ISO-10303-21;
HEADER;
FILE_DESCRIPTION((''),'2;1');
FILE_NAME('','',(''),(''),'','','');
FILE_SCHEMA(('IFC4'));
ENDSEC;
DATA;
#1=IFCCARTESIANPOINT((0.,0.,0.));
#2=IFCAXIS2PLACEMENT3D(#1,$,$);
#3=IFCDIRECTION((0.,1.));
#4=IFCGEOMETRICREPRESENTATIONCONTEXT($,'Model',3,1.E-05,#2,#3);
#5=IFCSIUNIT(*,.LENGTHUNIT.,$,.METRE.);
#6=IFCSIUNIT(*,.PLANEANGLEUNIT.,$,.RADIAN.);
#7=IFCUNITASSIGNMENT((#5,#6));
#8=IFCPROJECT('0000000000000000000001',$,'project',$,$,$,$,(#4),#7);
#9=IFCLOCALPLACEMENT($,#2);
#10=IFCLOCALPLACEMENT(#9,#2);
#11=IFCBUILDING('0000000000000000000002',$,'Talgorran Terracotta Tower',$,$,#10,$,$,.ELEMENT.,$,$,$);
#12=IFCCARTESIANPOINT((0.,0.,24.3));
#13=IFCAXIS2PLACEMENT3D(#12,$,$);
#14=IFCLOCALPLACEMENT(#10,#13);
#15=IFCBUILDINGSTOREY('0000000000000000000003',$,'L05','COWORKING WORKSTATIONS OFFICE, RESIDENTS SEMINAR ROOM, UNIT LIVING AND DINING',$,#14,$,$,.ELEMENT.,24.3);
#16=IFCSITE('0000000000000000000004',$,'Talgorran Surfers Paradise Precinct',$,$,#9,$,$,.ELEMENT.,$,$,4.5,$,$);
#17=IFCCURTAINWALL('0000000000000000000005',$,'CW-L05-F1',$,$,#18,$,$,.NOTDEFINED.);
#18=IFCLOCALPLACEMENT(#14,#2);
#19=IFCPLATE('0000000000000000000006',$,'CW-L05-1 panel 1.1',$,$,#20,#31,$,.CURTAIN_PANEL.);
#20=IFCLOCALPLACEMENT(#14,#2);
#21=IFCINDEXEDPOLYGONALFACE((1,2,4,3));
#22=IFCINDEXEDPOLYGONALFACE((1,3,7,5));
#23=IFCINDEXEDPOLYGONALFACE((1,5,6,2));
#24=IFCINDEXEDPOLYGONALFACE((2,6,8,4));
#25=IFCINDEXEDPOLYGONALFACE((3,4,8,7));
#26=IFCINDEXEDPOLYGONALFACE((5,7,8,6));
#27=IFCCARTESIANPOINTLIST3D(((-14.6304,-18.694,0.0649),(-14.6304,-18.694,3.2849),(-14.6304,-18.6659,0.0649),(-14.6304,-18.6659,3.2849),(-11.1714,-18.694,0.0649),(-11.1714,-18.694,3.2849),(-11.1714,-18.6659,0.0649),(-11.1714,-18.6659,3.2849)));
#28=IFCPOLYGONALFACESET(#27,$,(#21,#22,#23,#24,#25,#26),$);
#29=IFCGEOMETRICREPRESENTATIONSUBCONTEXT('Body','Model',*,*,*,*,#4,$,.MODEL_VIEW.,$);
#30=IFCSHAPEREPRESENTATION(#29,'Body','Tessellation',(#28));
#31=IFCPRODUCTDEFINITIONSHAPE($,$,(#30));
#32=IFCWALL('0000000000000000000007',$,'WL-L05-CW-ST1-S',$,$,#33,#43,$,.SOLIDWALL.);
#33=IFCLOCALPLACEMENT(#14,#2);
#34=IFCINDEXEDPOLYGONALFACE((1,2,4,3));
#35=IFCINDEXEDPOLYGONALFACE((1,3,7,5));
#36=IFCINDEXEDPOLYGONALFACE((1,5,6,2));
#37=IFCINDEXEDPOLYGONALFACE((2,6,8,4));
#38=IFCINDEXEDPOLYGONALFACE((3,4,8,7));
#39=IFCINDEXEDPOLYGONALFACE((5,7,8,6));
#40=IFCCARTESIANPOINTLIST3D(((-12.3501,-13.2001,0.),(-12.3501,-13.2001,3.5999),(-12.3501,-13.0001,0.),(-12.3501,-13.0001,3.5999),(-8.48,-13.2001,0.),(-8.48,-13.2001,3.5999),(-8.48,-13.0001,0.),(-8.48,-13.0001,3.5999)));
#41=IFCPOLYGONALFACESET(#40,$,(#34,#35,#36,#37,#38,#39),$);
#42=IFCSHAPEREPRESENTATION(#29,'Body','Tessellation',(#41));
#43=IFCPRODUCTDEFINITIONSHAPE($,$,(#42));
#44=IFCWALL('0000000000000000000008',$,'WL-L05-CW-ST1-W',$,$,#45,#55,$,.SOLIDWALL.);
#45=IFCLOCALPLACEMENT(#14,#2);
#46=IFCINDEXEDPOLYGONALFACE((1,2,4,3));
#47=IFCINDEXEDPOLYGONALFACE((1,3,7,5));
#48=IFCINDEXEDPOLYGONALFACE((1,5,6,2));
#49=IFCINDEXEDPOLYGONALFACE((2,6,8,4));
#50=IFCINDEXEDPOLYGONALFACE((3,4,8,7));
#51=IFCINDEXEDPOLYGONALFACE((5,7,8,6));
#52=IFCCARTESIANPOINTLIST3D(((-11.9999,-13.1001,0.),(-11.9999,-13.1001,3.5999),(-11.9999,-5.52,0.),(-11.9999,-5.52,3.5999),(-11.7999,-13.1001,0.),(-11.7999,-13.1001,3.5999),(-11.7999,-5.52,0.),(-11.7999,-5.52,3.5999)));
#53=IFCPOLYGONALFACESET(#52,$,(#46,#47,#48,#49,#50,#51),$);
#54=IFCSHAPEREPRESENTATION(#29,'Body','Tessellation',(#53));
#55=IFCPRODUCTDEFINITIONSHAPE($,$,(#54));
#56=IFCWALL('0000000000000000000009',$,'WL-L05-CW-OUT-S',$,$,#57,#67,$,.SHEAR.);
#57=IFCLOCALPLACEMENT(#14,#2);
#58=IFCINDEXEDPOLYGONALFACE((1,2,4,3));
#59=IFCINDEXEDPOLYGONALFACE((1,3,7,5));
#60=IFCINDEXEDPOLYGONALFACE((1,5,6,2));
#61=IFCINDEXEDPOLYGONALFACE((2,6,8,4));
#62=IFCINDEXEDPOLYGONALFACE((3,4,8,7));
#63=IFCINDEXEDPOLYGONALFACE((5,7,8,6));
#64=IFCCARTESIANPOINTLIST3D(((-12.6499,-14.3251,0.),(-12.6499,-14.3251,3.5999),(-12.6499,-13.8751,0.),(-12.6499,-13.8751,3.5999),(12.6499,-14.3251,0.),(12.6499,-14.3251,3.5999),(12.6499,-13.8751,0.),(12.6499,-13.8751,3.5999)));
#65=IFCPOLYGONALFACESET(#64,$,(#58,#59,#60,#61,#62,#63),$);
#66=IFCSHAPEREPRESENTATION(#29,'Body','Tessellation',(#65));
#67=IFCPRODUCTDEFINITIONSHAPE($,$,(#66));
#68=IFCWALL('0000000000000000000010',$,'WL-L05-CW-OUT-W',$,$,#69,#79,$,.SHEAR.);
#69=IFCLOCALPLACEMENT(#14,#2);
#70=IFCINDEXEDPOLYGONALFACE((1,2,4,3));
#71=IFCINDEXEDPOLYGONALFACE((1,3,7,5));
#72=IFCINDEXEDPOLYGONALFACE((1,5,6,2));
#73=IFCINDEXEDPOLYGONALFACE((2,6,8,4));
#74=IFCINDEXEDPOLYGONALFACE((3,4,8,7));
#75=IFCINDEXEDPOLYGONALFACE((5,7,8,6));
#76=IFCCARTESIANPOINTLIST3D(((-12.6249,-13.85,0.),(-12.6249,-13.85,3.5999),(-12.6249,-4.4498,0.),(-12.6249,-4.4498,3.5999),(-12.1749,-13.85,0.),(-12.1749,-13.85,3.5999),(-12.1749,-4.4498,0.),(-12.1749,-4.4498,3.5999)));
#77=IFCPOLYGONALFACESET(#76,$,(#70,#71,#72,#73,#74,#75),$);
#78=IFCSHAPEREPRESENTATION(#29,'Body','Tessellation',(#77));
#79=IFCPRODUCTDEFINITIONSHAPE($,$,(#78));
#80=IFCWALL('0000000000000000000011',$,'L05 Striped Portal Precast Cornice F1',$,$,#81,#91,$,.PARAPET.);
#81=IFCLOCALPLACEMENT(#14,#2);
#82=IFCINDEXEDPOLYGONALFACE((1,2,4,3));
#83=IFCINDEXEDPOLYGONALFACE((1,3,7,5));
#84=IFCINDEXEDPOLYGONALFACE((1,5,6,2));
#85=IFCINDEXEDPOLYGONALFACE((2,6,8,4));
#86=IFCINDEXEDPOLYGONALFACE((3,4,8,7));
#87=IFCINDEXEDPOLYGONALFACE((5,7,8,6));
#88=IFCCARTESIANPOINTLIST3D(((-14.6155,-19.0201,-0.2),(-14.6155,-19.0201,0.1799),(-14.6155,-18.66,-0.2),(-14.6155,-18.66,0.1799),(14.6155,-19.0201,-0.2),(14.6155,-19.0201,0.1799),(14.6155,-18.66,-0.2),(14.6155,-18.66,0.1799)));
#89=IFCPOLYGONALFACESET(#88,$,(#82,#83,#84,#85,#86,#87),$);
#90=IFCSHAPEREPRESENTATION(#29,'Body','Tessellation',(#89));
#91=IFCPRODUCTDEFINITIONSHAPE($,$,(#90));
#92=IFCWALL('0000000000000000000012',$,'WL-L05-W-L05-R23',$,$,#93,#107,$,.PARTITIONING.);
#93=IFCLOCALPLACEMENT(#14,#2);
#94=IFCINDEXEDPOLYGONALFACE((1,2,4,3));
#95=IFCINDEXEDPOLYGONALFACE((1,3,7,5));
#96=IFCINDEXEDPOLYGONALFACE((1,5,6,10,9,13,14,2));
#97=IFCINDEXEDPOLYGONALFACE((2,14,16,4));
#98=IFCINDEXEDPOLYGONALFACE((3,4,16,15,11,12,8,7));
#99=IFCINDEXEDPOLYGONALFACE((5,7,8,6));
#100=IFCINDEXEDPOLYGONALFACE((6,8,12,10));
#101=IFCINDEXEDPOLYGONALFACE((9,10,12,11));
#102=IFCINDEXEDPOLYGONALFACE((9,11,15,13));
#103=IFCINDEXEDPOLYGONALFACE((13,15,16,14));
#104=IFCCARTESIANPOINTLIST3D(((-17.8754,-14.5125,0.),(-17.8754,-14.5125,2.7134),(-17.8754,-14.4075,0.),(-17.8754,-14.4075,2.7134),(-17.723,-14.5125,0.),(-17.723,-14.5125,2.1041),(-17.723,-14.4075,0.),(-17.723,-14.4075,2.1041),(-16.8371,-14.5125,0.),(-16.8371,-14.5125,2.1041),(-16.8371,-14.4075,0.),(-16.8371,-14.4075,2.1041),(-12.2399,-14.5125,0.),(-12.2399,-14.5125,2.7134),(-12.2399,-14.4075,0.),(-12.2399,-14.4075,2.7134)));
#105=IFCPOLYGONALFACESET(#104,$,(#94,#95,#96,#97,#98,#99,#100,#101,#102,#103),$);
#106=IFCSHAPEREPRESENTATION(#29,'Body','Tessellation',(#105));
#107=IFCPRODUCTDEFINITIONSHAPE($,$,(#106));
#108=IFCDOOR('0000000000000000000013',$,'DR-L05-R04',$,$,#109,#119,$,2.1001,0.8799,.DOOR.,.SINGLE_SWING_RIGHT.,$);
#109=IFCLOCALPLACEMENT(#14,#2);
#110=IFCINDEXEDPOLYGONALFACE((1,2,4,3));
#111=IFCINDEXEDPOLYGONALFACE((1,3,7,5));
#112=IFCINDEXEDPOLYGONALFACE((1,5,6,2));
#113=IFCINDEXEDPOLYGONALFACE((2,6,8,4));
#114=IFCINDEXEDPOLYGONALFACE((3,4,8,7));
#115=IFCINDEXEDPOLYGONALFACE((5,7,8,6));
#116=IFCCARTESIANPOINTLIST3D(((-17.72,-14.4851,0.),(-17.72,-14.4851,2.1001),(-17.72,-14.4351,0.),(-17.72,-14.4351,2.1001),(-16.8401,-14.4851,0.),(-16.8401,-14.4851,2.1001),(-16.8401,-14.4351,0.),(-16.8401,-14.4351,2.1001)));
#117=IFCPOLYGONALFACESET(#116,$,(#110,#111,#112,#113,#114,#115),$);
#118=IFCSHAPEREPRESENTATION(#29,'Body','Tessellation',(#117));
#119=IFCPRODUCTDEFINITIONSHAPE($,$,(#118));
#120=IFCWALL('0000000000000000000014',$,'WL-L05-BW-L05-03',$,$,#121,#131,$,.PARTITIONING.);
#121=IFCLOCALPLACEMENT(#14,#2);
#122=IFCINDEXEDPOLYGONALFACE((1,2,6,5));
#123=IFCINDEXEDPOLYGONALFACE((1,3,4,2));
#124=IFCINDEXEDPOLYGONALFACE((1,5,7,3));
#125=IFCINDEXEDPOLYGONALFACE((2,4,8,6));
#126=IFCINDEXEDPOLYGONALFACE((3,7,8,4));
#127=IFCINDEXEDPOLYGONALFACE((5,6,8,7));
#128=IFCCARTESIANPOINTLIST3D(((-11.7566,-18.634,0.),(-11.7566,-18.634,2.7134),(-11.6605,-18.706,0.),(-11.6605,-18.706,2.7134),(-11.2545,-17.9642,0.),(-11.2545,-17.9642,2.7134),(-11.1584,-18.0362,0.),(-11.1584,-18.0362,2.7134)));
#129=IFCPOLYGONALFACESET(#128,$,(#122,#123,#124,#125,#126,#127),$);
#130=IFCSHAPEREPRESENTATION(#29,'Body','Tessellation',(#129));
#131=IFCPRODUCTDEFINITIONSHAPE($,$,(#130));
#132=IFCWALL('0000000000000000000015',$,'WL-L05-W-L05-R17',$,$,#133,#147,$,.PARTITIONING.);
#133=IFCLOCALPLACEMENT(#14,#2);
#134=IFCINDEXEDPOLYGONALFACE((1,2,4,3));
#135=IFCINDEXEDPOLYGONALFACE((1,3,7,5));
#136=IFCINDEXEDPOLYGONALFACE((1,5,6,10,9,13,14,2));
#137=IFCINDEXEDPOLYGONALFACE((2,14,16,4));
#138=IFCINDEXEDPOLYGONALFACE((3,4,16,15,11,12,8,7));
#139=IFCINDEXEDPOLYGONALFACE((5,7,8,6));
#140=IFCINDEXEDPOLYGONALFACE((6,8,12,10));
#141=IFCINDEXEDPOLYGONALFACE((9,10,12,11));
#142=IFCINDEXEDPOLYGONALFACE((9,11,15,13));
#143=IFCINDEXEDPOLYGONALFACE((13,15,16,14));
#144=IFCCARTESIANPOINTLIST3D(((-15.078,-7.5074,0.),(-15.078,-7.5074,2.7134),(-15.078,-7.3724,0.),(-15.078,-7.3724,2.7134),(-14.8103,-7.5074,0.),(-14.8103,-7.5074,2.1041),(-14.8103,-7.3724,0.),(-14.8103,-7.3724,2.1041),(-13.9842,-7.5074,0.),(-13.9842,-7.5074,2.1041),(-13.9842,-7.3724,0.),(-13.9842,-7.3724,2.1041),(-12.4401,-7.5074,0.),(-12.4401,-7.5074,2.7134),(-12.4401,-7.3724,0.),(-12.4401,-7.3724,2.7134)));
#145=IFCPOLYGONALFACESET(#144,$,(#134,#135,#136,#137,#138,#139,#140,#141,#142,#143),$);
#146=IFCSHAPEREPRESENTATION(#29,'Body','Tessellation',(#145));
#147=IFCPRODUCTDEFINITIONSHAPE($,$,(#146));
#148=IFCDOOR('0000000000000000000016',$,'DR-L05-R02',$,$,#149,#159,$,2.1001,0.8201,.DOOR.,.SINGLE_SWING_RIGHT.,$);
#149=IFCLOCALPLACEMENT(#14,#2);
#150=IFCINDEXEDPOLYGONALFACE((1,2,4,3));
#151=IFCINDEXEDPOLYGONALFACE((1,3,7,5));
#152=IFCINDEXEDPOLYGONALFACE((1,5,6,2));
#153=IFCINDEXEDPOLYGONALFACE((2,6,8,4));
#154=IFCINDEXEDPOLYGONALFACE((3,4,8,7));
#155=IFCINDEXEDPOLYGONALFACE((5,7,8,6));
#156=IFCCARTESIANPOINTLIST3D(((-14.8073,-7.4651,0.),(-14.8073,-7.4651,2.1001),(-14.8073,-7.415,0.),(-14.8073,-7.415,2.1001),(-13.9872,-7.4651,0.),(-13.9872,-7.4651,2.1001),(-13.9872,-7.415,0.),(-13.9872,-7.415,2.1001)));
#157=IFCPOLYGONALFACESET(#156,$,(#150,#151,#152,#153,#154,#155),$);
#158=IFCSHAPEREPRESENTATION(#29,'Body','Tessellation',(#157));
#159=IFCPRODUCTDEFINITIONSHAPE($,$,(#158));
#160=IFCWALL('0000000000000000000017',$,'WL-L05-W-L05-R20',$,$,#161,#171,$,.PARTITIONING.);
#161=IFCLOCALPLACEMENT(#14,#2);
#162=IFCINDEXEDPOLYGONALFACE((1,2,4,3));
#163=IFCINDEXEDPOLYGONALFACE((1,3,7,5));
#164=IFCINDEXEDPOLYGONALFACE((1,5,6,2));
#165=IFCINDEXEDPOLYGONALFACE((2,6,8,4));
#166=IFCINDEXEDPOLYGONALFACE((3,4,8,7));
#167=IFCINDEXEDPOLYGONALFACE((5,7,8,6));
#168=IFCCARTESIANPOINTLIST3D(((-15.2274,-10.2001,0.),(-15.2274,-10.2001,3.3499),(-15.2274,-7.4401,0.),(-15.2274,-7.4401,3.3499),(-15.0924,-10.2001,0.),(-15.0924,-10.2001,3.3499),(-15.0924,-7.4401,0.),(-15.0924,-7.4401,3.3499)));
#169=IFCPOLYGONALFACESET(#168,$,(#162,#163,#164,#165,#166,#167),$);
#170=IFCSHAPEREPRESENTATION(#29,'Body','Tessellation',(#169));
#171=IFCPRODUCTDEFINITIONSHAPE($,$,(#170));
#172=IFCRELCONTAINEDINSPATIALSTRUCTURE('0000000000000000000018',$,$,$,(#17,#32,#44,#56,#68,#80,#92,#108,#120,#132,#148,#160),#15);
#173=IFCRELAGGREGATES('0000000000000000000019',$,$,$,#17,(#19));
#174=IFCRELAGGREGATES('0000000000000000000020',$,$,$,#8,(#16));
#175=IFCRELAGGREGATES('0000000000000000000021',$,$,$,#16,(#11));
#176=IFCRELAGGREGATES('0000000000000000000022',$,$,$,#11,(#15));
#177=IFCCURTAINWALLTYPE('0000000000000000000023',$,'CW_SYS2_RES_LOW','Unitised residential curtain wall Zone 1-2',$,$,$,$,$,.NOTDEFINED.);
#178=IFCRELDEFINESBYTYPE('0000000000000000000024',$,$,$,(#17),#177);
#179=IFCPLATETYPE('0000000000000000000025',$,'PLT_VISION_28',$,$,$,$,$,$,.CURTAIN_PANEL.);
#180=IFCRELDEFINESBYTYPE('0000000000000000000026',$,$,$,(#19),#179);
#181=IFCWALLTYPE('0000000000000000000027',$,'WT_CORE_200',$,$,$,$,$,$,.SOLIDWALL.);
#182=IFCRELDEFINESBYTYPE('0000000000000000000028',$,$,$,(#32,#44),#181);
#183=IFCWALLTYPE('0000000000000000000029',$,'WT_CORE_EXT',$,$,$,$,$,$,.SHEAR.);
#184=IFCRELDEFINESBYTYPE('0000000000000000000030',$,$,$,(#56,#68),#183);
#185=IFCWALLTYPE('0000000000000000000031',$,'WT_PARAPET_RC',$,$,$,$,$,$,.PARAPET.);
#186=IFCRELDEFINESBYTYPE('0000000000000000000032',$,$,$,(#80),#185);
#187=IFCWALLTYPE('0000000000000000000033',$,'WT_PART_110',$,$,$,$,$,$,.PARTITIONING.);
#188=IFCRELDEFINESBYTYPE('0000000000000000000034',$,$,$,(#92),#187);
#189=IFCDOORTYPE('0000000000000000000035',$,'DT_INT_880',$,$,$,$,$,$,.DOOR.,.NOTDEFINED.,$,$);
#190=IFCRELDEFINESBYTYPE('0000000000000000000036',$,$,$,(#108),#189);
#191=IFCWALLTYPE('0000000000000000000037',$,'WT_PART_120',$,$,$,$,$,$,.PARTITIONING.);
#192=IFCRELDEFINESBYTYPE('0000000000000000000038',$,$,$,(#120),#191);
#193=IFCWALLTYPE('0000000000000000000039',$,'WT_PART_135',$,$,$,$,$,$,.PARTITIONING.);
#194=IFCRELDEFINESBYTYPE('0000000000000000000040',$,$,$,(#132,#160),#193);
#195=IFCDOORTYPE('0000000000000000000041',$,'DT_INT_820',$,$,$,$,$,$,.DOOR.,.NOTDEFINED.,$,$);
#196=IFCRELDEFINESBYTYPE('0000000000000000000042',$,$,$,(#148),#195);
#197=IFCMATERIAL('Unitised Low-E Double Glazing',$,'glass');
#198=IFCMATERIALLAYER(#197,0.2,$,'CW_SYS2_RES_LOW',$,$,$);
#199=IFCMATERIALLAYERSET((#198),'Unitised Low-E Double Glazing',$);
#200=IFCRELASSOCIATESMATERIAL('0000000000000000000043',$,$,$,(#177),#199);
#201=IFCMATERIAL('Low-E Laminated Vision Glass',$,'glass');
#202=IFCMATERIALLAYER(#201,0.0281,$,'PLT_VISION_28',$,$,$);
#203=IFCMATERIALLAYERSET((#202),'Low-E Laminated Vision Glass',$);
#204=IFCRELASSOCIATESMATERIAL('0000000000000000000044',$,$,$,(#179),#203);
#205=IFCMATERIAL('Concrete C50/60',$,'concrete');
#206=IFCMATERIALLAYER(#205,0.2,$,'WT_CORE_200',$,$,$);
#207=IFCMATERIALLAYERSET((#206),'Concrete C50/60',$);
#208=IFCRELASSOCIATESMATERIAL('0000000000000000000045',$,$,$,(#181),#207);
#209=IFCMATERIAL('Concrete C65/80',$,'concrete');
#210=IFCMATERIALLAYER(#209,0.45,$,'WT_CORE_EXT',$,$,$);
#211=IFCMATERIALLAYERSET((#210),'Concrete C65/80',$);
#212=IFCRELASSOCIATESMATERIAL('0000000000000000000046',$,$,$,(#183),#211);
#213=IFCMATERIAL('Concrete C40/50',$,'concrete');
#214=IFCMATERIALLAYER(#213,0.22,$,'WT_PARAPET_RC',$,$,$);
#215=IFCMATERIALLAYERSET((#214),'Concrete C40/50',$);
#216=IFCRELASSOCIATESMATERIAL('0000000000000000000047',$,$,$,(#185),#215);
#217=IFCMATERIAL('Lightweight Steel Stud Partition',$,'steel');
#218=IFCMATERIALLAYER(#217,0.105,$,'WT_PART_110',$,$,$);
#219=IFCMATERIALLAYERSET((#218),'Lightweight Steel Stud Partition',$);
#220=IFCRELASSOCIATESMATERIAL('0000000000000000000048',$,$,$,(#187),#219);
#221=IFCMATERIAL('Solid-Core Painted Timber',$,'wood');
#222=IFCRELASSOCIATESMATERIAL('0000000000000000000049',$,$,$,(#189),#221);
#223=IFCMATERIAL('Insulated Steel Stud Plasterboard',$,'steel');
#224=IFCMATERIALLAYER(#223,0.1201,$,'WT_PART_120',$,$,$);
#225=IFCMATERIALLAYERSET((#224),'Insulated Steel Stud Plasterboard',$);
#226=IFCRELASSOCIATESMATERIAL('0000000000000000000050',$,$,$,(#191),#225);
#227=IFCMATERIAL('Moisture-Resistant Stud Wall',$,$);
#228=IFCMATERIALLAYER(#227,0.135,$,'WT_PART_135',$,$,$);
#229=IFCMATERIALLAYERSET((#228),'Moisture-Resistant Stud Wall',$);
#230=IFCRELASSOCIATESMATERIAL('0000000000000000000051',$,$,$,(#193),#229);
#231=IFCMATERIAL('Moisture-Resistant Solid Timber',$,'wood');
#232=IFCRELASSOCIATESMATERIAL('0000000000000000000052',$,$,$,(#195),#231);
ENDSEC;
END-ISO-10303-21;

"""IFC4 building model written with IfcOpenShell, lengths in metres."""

from ifc_helpers import new_model, si_unit, direction, frame, frame_2d, origin, origin_2d, place, context, subcontext, project, spatial, rectangle, extrude, source, transform, mapped, material, layer, layer_set, type_object, element, fill, aggregate, save


model = new_model("IFC4")

# Units and contexts
model_context = context("Model", 3, precision=1e-05, world=origin(), true_north=direction((0.0, 1.0)))
body_context = subcontext(model_context, "Body", "Model", "MODEL_VIEW")
ifc_project = project(units=[si_unit("LENGTHUNIT", "METRE"), si_unit("PLANEANGLEUNIT", "RADIAN")], contexts=[model_context])

# Site, building, storey
site_placement = place(None, origin())
site = spatial("IfcSite", under=ifc_project, at=site_placement, Name="Talgorran Surfers Paradise Precinct", CompositionType="ELEMENT", RefElevation=4.5)
building_placement = place(site_placement, origin())
building = spatial("IfcBuilding", under=site, at=building_placement, Name="Talgorran Terracotta Tower", CompositionType="ELEMENT")
storey_placement = place(building_placement, frame((0.0, 0.0, 24.3)))
storey = spatial("IfcBuildingStorey", under=building, at=storey_placement, Name="L05", Description="COWORKING WORKSTATIONS OFFICE, RESIDENTS SEMINAR ROOM, UNIT LIVING AND DINING", CompositionType="ELEMENT", Elevation=24.3)

# Curtain wall
ifc_material_1 = material(Name="Unitised Low-E Double Glazing", Category="glass")
ifc_layer_1 = layer(ifc_material_1, 0.2, Name="CW_SYS2_RES_LOW")
ifc_layer_set_1 = layer_set([ifc_layer_1], Name="Unitised Low-E Double Glazing")
curtain_wall_type = type_object("IfcCurtainWallType", Name="CW_SYS2_RES_LOW", Description="Unitised residential curtain wall Zone 1-2", PredefinedType="NOTDEFINED", material=ifc_layer_set_1)
curtain_wall_1_placement = place(storey_placement, origin())
curtain_wall_1 = element("IfcCurtainWall", 1, at=curtain_wall_1_placement, inside=storey, type_object=curtain_wall_type, Name="CW-L05-F1", PredefinedType="NOTDEFINED")

# Plate
ifc_material_2 = material(Name="Low-E Laminated Vision Glass", Category="glass")
ifc_layer_2 = layer(ifc_material_2, 0.0281, Name="PLT_VISION_28")
ifc_layer_set_2 = layer_set([ifc_layer_2], Name="Low-E Laminated Vision Glass")
plate_type = type_object("IfcPlateType", Name="PLT_VISION_28", PredefinedType="CURTAIN_PANEL", material=ifc_layer_set_2)
shared_shape_1 = source(origin(), body_context, "Body", "SweptSolid", [
    extrude(rectangle(XDim=3.459, YDim=0.0281, at=origin_2d()), origin(), (0.0, 0.0, 1.0), 3.22),
])
plate_1_placement = place(storey_placement, frame((-12.9009, -18.6799, 0.0649), z_axis=(0.0, 0.0, 1.0), x_axis=(1.0, 0.0, 0.0)))
plate_1 = element("IfcPlate", 2, at=plate_1_placement, type_object=plate_type, Name="CW-L05-1 panel 1.1", PredefinedType="CURTAIN_PANEL", context=body_context, shape_type="MappedRepresentation", body=[
    mapped(shared_shape_1, transform((0.0, 0.0, 0.0), scale=1.0)),
])
aggregate(curtain_wall_1, [plate_1])

# Walls
ifc_material_3 = material(Name="Concrete C50/60", Category="concrete")
ifc_layer_3 = layer(ifc_material_3, 0.2, Name="WT_CORE_200")
ifc_layer_set_3 = layer_set([ifc_layer_3], Name="Concrete C50/60")
wall_type_1 = type_object("IfcWallType", Name="WT_CORE_200", PredefinedType="SOLIDWALL", material=ifc_layer_set_3)
wall_1_placement = place(storey_placement, frame((-12.3501, -13.1001, 0.0), z_axis=(0.0, 0.0, 1.0), x_axis=(1.0, 0.0, 0.0)))
element("IfcWall", 3, at=wall_1_placement, inside=storey, type_object=wall_type_1, Name="WL-L05-CW-ST1-S", PredefinedType="SOLIDWALL", context=body_context, shape_type="SweptSolid", body=[
    extrude(rectangle(XDim=3.8701, YDim=0.2, at=frame_2d((1.9351, 0.0))), origin(), (0.0, 0.0, 1.0), 3.5999),
])
wall_2_placement = place(storey_placement, frame((-11.8999, -13.1001, 0.0), z_axis=(0.0, 0.0, 1.0), x_axis=(0.0, 1.0, 0.0)))
element("IfcWall", 4, at=wall_2_placement, inside=storey, type_object=wall_type_1, Name="WL-L05-CW-ST1-W", PredefinedType="SOLIDWALL", context=body_context, shape_type="SweptSolid", body=[
    extrude(rectangle(XDim=7.5801, YDim=0.2, at=frame_2d((3.79, 0.0))), origin(), (0.0, 0.0, 1.0), 3.5999),
])
ifc_material_4 = material(Name="Concrete C65/80", Category="concrete")
ifc_layer_4 = layer(ifc_material_4, 0.45, Name="WT_CORE_EXT")
ifc_layer_set_4 = layer_set([ifc_layer_4], Name="Concrete C65/80")
wall_type_2 = type_object("IfcWallType", Name="WT_CORE_EXT", PredefinedType="SHEAR", material=ifc_layer_set_4)
wall_3_placement = place(storey_placement, frame((-12.6499, -14.1001, 0.0), z_axis=(0.0, 0.0, 1.0), x_axis=(1.0, 0.0, 0.0)))
element("IfcWall", 5, at=wall_3_placement, inside=storey, type_object=wall_type_2, Name="WL-L05-CW-OUT-S", PredefinedType="SHEAR", context=body_context, shape_type="SweptSolid", body=[
    extrude(rectangle(XDim=25.2998, YDim=0.45, at=frame_2d((12.6499, 0.0))), origin(), (0.0, 0.0, 1.0), 3.5999),
])
wall_4_placement = place(storey_placement, frame((-12.3999, -13.8501, 0.0), z_axis=(0.0, 0.0, 1.0), x_axis=(0.0, 1.0, 0.0)))
element("IfcWall", 6, at=wall_4_placement, inside=storey, type_object=wall_type_2, Name="WL-L05-CW-OUT-W", PredefinedType="SHEAR", context=body_context, shape_type="SweptSolid", body=[
    extrude(rectangle(XDim=9.4001, YDim=0.45, at=frame_2d((4.7002, 0.0))), origin(), (0.0, 0.0, 1.0), 3.5999),
])
ifc_material_5 = material(Name="Concrete C40/50", Category="concrete")
ifc_layer_5 = layer(ifc_material_5, 0.22, Name="WT_PARAPET_RC")
ifc_layer_set_5 = layer_set([ifc_layer_5], Name="Concrete C40/50")
wall_type_3 = type_object("IfcWallType", Name="WT_PARAPET_RC", PredefinedType="PARAPET", material=ifc_layer_set_5)
wall_5_placement = place(storey_placement, frame((-14.6155, -18.8401, -0.2), z_axis=(0.0, 0.0, 1.0), x_axis=(1.0, 0.0, 0.0)))
element("IfcWall", 7, at=wall_5_placement, inside=storey, type_object=wall_type_3, Name="L05 Striped Portal Precast Cornice F1", PredefinedType="PARAPET", context=body_context, shape_type="SweptSolid", body=[
    extrude(rectangle(XDim=29.231, YDim=0.3601, at=frame_2d((14.6155, 0.0))), origin(), (0.0, 0.0, 1.0), 0.3799),
])

# Wall, opening, door
ifc_material_6 = material(Name="Lightweight Steel Stud Partition", Category="steel")
ifc_layer_6 = layer(ifc_material_6, 0.105, Name="WT_PART_110")
ifc_layer_set_6 = layer_set([ifc_layer_6], Name="Lightweight Steel Stud Partition")
wall_type_4 = type_object("IfcWallType", Name="WT_PART_110", PredefinedType="PARTITIONING", material=ifc_layer_set_6)
wall_6_placement = place(storey_placement, frame((-17.8755, -14.46, 0.0), z_axis=(0.0, 0.0, 1.0), x_axis=(1.0, 0.0, 0.0)))
wall_6 = element("IfcWall", 8, at=wall_6_placement, inside=storey, type_object=wall_type_4, Name="WL-L05-W-L05-R23", PredefinedType="PARTITIONING", context=body_context, shape_type="SweptSolid", body=[
    extrude(rectangle(XDim=5.6355, YDim=0.105, at=frame_2d((2.8179, 0.0))), origin(), (0.0, 0.0, 1.0), 2.7134),
])
opening_1_placement = place(wall_6_placement, frame((0.1555, 0.0, 0.0)))
opening_1 = element("IfcOpeningElement", 9, at=opening_1_placement, cuts=wall_6, PredefinedType="OPENING", context=body_context, shape_type="SweptSolid", body=[
    extrude(rectangle(XDim=0.8859, YDim=2.1041, at=frame_2d((0.4399, 1.052))), frame((0.0, 0.0625, 0.0), z_axis=(0.0, -1.0, 0.0), x_axis=(1.0, 0.0, 0.0)), (0.0, 0.0, 1.0), 0.125),
])
ifc_material_7 = material(Name="Solid-Core Painted Timber", Category="wood")
door_type_1 = type_object("IfcDoorType", Name="DT_INT_880", OperationType="NOTDEFINED", PredefinedType="DOOR", material=ifc_material_7)
door_1_placement = place(opening_1_placement, origin())
door_1 = element("IfcDoor", 10, at=door_1_placement, inside=storey, type_object=door_type_1, Name="DR-L05-R04", OperationType="SINGLE_SWING_RIGHT", OverallHeight=2.1001, OverallWidth=0.8799, PredefinedType="DOOR", context=body_context, shape_type="SweptSolid", body=[
    extrude(rectangle(XDim=0.8799, YDim=2.1001, at=frame_2d((0.4399, 1.05))), frame((0.0, 0.0249, 0.0), z_axis=(0.0, -1.0, 0.0), x_axis=(1.0, 0.0, 0.0)), (0.0, 0.0, 1.0), 0.05),
])
fill(opening_1, door_1)

# Wall
ifc_material_8 = material(Name="Insulated Steel Stud Plasterboard", Category="steel")
ifc_layer_7 = layer(ifc_material_8, 0.1201, Name="WT_PART_120")
ifc_layer_set_7 = layer_set([ifc_layer_7], Name="Insulated Steel Stud Plasterboard")
wall_type_5 = type_object("IfcWallType", Name="WT_PART_120", PredefinedType="PARTITIONING", material=ifc_layer_set_7)
wall_7_placement = place(storey_placement, frame((-11.7085, -18.6699, 0.0), z_axis=(0.0, 0.0, 1.0), x_axis=(0.599813, 0.80014, 0.0)))
element("IfcWall", 11, at=wall_7_placement, inside=storey, type_object=wall_type_5, Name="WL-L05-BW-L05-03", PredefinedType="PARTITIONING", context=body_context, shape_type="SweptSolid", body=[
    extrude(rectangle(XDim=0.8372, YDim=0.1201, at=frame_2d((0.4185, 0.0))), origin(), (0.0, 0.0, 1.0), 2.7134),
])

# Wall, opening, door
ifc_material_9 = material(Name="Moisture-Resistant Stud Wall")
ifc_layer_8 = layer(ifc_material_9, 0.135, Name="WT_PART_135")
ifc_layer_set_8 = layer_set([ifc_layer_8], Name="Moisture-Resistant Stud Wall")
wall_type_6 = type_object("IfcWallType", Name="WT_PART_135", PredefinedType="PARTITIONING", material=ifc_layer_set_8)
wall_8_placement = place(storey_placement, frame((-15.0779, -7.4399, 0.0), z_axis=(0.0, 0.0, 1.0), x_axis=(1.0, 0.0, 0.0)))
wall_8 = element("IfcWall", 12, at=wall_8_placement, inside=storey, type_object=wall_type_6, Name="WL-L05-W-L05-R17", PredefinedType="PARTITIONING", context=body_context, shape_type="SweptSolid", body=[
    extrude(rectangle(XDim=2.6379, YDim=0.135, at=frame_2d((1.3188, 0.0))), origin(), (0.0, 0.0, 1.0), 2.7134),
])
opening_2_placement = place(wall_8_placement, frame((0.2705, 0.0, 0.0)))
opening_2 = element("IfcOpeningElement", 13, at=opening_2_placement, cuts=wall_8, PredefinedType="OPENING", context=body_context, shape_type="SweptSolid", body=[
    extrude(rectangle(XDim=0.8261, YDim=2.1041, at=frame_2d((0.4102, 1.052))), frame((0.0, 0.0776, 0.0), z_axis=(0.0, -1.0, 0.0), x_axis=(1.0, 0.0, 0.0)), (0.0, 0.0, 1.0), 0.155),
])
ifc_material_10 = material(Name="Moisture-Resistant Solid Timber", Category="wood")
door_type_2 = type_object("IfcDoorType", Name="DT_INT_820", OperationType="NOTDEFINED", PredefinedType="DOOR", material=ifc_material_10)
door_2_placement = place(opening_2_placement, origin())
door_2 = element("IfcDoor", 14, at=door_2_placement, inside=storey, type_object=door_type_2, Name="DR-L05-R02", OperationType="SINGLE_SWING_RIGHT", OverallHeight=2.1001, OverallWidth=0.8201, PredefinedType="DOOR", context=body_context, shape_type="SweptSolid", body=[
    extrude(rectangle(XDim=0.8201, YDim=2.1001, at=frame_2d((0.4102, 1.05))), frame((0.0, 0.0249, 0.0), z_axis=(0.0, -1.0, 0.0), x_axis=(1.0, 0.0, 0.0)), (0.0, 0.0, 1.0), 0.05),
])
fill(opening_2, door_2)

# Wall
wall_9_placement = place(storey_placement, frame((-15.1599, -10.2, 0.0), z_axis=(0.0, 0.0, 1.0), x_axis=(0.0, 1.0, 0.0)))
element("IfcWall", 15, at=wall_9_placement, inside=storey, type_object=wall_type_6, Name="WL-L05-W-L05-R20", PredefinedType="PARTITIONING", context=body_context, shape_type="SweptSolid", body=[
    extrude(rectangle(XDim=2.76, YDim=0.135, at=frame_2d((1.3799, 0.0))), origin(), (0.0, 0.0, 1.0), 3.3499),
])

save(model, "model.ifc")
